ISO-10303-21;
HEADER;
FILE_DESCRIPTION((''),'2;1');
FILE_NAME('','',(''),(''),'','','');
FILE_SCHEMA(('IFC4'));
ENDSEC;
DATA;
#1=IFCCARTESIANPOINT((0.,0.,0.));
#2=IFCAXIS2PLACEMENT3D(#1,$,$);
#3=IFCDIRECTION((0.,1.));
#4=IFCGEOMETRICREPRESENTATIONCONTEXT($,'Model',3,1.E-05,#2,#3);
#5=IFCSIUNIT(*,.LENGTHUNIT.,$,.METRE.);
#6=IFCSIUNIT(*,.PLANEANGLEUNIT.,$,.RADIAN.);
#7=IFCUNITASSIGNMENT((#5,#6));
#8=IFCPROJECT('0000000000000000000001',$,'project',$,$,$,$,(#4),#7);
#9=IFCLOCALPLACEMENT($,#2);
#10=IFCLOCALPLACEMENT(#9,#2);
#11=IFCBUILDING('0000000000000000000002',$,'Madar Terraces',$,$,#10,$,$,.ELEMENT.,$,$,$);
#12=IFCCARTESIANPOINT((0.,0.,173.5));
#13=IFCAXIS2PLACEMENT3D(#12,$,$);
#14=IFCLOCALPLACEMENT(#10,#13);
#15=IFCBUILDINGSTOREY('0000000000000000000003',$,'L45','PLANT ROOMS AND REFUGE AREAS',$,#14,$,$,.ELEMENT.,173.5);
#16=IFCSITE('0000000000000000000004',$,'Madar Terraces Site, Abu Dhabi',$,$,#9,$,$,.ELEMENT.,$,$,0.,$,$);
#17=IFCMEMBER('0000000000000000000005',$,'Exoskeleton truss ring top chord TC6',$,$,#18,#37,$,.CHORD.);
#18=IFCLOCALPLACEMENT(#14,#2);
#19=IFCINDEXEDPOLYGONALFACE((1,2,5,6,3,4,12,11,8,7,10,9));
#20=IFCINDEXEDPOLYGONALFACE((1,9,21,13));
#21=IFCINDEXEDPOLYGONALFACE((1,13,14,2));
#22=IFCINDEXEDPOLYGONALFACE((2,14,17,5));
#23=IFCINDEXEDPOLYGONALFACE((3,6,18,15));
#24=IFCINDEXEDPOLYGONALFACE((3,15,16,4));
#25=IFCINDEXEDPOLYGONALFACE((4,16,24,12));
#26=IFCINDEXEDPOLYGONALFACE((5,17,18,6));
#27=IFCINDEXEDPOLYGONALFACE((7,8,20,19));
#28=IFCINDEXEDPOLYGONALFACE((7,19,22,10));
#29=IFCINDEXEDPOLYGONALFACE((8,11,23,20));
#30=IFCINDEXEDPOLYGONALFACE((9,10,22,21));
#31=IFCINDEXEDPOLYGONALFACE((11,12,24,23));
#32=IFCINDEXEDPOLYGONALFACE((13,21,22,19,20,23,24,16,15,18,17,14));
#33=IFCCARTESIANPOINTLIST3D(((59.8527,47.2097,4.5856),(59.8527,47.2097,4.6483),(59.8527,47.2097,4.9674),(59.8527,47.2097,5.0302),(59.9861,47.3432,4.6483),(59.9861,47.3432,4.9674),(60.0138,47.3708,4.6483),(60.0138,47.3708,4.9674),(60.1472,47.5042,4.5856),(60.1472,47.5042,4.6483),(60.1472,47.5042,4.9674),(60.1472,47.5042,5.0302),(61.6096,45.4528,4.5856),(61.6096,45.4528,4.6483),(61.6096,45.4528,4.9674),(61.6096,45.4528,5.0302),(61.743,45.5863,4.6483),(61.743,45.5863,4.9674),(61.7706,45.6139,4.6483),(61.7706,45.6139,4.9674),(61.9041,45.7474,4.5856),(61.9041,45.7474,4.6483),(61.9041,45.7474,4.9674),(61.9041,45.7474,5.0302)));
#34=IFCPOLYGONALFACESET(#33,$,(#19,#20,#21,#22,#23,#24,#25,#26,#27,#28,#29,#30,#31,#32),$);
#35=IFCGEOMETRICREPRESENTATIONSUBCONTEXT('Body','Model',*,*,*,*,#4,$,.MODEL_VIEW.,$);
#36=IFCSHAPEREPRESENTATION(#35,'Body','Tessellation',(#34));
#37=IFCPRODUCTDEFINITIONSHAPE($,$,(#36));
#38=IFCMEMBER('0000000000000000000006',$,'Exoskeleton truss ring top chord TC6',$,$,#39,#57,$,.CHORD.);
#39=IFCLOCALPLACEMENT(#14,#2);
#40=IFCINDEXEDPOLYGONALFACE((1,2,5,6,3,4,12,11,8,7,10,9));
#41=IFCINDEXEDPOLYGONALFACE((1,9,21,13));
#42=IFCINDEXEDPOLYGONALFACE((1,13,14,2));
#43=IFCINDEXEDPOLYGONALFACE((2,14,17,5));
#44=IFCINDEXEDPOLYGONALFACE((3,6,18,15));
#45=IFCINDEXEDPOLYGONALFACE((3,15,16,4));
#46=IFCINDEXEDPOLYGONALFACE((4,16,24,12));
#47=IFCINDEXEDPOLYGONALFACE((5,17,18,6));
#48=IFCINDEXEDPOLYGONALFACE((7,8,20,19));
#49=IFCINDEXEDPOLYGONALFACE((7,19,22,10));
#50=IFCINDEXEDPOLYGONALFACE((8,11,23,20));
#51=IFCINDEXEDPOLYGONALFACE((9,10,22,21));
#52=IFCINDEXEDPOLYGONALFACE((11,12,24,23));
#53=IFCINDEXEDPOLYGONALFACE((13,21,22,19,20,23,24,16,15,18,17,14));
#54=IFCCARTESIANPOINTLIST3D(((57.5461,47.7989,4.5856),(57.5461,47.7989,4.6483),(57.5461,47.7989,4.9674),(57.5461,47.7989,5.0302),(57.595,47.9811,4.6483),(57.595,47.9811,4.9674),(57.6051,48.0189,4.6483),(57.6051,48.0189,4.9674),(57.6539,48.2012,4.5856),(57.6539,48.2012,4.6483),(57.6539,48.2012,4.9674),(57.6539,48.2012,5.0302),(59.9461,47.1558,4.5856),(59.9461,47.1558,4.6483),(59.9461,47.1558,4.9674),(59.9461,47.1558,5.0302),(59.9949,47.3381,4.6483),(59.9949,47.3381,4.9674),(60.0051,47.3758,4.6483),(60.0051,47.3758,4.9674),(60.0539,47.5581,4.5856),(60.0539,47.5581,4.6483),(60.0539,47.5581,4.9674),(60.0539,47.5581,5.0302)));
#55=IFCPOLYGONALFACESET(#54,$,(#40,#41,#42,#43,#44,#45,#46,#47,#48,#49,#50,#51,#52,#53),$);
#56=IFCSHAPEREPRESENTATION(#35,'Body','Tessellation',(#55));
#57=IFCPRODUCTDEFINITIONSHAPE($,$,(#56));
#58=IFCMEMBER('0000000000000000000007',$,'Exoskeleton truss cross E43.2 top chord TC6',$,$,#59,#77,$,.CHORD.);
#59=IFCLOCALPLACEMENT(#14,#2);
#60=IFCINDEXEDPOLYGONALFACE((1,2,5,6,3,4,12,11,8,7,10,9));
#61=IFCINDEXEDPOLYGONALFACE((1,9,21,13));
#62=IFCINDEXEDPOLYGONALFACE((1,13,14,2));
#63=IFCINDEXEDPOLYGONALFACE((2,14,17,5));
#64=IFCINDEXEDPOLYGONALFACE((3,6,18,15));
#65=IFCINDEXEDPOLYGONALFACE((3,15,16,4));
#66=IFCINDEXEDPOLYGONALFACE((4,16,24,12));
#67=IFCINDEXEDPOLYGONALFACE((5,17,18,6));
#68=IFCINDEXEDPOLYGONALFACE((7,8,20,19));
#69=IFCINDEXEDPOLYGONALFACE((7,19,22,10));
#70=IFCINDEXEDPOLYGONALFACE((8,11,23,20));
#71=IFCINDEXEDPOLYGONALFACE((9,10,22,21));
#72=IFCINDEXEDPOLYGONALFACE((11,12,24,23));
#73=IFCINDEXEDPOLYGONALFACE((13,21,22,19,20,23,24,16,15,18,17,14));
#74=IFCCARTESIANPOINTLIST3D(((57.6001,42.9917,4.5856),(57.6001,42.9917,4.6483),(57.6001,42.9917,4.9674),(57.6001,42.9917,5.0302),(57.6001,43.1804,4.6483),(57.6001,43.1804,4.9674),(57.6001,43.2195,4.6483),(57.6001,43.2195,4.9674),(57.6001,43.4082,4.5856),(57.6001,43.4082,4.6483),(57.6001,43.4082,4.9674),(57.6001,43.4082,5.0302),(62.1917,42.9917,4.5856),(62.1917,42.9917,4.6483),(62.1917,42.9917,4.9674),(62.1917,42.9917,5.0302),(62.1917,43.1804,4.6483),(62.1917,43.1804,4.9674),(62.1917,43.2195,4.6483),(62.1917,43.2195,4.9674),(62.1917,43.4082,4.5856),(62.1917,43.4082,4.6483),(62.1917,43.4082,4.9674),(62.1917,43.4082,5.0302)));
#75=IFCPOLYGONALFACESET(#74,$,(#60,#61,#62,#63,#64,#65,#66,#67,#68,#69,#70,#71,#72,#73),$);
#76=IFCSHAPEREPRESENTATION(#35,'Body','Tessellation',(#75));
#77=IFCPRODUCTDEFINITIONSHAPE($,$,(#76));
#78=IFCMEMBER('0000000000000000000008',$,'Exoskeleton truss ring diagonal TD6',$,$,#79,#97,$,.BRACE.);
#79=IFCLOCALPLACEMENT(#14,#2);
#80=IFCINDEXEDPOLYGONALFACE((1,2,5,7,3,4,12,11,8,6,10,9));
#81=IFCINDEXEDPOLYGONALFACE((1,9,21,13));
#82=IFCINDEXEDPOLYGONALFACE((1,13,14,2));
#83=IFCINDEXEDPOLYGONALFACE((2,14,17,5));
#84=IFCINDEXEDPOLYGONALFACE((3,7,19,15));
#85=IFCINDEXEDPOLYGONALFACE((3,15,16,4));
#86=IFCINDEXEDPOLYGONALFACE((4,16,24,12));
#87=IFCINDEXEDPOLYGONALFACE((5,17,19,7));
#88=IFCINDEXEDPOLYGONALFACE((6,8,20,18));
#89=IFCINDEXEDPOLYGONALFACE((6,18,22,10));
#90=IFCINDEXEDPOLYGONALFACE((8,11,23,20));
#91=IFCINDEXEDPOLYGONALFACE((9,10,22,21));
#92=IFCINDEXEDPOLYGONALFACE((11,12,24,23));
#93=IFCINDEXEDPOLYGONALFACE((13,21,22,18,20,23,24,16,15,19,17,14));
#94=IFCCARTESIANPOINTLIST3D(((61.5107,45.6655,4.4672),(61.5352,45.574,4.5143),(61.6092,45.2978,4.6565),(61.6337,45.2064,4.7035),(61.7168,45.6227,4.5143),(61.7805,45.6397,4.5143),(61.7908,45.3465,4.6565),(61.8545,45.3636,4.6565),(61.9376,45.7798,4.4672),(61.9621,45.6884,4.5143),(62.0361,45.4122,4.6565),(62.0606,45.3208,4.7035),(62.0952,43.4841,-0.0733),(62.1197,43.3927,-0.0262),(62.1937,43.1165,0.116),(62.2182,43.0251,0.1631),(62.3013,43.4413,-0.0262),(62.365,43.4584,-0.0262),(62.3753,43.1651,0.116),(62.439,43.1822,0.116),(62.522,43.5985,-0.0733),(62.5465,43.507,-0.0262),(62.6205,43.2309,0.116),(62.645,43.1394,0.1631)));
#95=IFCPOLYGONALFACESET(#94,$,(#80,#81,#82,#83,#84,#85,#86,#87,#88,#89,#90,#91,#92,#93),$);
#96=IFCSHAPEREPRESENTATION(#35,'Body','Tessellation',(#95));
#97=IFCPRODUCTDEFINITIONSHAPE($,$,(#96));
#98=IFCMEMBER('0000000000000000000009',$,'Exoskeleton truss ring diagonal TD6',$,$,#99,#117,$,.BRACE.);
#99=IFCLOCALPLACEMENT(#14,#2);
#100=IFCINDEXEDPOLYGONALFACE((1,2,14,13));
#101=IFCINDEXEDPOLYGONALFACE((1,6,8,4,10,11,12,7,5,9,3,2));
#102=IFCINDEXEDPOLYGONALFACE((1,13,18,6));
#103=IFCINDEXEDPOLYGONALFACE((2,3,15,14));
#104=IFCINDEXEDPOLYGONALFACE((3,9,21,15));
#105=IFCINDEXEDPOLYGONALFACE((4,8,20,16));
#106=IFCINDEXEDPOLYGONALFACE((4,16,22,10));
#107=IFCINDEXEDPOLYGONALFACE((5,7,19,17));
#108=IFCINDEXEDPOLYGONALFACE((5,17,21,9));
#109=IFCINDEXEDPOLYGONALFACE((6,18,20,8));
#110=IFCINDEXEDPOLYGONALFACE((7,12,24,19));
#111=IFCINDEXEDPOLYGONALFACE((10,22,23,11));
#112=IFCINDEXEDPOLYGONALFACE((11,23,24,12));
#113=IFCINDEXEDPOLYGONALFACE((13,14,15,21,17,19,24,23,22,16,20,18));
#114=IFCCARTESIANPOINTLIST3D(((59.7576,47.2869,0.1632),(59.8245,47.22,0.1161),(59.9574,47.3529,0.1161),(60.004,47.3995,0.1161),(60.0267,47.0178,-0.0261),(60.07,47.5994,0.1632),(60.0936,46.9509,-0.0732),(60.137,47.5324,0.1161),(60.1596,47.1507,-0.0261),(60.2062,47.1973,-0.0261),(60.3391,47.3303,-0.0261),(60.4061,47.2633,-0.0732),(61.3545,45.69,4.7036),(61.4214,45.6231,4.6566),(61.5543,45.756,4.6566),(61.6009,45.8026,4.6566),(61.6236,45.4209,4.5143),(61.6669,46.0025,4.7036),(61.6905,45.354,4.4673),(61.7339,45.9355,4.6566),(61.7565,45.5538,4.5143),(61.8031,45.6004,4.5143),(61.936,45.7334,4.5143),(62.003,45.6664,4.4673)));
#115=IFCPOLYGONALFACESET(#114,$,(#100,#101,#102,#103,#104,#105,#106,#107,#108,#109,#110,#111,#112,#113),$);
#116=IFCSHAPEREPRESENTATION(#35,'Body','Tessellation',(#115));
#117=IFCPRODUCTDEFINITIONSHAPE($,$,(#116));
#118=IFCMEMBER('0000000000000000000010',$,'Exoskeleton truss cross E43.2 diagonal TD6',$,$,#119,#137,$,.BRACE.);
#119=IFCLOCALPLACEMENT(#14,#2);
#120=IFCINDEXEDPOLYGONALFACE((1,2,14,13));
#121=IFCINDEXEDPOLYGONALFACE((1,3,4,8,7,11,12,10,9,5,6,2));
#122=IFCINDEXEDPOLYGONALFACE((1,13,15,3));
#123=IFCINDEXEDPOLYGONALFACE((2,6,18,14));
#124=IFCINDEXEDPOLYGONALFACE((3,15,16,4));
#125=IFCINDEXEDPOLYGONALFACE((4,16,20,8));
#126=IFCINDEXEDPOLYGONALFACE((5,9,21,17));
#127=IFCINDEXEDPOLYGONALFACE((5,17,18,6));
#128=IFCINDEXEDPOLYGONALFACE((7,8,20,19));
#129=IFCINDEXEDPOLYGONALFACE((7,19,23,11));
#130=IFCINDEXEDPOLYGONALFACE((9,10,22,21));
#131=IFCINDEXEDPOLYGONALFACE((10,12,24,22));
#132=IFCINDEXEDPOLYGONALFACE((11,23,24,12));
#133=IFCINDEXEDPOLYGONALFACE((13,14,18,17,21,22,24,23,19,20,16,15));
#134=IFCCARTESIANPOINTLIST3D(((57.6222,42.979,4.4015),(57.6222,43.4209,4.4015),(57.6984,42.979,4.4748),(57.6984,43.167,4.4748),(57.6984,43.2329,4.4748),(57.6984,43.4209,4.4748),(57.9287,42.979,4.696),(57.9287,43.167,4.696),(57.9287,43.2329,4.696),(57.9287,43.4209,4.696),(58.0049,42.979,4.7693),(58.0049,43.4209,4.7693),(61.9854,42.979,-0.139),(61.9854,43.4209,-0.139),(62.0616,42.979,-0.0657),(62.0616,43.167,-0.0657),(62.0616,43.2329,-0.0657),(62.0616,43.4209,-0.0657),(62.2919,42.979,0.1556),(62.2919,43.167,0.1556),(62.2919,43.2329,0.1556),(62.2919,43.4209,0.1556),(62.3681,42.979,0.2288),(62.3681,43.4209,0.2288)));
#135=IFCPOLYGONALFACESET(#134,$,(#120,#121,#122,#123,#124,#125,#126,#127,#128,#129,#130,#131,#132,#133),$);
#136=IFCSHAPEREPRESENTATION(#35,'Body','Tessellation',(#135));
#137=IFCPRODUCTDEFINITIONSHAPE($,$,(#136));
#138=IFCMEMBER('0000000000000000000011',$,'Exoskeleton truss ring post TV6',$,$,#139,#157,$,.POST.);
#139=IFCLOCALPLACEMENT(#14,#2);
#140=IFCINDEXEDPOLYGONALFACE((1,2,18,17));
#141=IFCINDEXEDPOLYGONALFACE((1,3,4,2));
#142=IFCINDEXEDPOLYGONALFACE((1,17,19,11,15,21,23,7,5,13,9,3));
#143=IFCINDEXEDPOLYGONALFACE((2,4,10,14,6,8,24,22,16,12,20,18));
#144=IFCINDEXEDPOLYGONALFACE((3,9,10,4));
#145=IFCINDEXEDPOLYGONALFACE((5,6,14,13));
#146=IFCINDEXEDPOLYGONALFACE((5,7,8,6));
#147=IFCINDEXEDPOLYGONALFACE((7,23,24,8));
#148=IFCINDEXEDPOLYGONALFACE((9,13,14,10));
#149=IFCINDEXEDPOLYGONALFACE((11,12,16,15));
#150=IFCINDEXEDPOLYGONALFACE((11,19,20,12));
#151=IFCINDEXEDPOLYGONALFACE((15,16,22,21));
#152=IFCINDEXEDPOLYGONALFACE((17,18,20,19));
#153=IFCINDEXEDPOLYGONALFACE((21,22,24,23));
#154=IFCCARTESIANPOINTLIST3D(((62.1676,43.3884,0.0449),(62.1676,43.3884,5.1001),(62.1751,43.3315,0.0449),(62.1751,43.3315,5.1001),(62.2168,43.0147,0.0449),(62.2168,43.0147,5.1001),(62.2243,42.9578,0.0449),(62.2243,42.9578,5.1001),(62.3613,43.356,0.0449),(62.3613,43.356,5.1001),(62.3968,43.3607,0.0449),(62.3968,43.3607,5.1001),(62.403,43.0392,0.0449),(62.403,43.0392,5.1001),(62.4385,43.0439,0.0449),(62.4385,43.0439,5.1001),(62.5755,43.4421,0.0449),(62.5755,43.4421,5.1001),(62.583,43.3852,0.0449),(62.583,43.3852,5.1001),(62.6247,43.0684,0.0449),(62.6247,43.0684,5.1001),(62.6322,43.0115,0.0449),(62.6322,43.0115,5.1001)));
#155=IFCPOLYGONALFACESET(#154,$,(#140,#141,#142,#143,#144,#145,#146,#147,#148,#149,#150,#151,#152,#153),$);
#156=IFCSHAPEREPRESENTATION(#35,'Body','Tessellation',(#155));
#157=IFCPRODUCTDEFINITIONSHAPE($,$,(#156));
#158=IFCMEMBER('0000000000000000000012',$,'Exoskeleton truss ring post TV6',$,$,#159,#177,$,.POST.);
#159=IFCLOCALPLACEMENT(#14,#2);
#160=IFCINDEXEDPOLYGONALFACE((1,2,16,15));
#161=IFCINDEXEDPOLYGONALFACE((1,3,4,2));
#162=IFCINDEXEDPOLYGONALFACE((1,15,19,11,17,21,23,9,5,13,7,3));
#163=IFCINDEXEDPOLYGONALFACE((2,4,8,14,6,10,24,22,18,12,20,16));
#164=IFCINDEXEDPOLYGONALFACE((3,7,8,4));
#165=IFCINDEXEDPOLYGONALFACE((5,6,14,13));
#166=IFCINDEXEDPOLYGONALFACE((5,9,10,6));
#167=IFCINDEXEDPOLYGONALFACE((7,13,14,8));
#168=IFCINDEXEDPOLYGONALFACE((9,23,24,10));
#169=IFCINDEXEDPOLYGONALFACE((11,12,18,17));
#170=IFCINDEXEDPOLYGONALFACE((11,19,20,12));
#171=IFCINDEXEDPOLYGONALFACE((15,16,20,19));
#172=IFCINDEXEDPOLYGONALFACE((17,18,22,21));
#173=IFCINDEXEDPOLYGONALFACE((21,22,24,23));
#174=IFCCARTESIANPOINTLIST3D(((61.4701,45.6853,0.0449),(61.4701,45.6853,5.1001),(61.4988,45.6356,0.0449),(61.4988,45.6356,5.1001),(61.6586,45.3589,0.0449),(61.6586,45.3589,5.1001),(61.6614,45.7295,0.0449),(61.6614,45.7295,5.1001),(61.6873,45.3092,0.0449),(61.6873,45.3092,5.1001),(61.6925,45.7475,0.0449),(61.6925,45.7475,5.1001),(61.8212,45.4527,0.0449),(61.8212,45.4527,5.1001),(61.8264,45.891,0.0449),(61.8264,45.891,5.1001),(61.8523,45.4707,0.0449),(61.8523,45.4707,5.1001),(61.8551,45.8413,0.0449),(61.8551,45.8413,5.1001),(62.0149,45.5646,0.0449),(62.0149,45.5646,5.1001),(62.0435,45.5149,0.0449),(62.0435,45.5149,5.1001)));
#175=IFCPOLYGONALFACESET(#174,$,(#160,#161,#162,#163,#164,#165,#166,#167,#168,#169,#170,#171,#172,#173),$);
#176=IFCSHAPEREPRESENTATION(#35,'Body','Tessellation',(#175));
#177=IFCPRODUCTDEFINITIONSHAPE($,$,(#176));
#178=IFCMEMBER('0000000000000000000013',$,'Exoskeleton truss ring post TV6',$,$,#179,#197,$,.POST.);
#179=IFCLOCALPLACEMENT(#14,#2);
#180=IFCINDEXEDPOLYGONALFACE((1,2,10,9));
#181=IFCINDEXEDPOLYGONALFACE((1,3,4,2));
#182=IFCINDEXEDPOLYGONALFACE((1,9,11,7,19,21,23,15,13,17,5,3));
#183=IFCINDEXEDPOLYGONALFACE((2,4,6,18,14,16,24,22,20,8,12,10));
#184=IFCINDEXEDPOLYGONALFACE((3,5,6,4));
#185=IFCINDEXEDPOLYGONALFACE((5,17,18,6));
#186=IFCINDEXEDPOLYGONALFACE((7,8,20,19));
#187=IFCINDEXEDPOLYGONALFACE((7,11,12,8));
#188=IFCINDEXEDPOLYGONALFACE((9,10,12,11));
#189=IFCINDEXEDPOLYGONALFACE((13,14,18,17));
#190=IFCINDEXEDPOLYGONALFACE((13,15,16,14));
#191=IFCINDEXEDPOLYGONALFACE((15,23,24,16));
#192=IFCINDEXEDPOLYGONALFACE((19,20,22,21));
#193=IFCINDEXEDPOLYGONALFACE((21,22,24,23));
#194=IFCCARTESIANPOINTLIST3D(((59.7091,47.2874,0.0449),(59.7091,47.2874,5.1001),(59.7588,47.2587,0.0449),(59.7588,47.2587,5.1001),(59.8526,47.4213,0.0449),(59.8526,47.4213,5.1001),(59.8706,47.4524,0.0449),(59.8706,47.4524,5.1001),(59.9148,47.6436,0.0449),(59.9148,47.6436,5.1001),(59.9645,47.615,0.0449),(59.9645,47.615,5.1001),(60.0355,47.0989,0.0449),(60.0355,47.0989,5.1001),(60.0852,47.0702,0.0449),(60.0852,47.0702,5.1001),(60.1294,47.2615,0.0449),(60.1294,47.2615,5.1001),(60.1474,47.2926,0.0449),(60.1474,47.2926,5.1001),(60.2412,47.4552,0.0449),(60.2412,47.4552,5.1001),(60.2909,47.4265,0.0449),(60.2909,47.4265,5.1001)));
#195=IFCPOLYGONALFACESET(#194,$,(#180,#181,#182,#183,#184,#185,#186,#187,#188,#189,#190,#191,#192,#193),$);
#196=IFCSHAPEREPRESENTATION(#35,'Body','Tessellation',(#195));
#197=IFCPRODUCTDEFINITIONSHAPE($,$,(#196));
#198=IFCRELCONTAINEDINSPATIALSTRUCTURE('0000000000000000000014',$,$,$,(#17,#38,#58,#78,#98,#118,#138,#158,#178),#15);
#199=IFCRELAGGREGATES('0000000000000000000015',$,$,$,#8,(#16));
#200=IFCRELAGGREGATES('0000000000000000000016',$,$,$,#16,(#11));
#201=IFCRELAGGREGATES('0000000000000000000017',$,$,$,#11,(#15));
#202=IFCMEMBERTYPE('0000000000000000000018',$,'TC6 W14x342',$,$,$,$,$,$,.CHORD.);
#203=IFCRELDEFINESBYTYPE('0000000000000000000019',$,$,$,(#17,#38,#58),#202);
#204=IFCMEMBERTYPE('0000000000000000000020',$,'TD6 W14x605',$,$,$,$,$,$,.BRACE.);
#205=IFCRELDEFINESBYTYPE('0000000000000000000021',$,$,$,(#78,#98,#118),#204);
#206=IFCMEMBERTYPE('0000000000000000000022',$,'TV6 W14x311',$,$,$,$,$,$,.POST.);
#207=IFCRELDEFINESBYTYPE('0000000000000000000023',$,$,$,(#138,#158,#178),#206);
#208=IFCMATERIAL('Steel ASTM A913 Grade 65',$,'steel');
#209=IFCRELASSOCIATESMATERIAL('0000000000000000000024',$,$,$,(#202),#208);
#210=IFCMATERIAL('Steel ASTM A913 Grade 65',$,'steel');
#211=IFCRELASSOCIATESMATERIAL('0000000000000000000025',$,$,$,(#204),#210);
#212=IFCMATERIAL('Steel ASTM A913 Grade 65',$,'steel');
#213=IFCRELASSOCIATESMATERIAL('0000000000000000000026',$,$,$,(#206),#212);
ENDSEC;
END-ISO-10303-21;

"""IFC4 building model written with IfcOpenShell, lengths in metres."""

from ifc_helpers import new_model, si_unit, direction, frame, origin, origin_2d, place, context, subcontext, project, spatial, i_section, extrude, material, material_profile, profile_set, type_object, element, save


model = new_model("IFC4")

# Units and contexts
model_context = context("Model", 3, precision=1e-05, world=origin(), true_north=direction((0.0, 1.0)))
body_context = subcontext(model_context, "Body", "Model", "MODEL_VIEW")
ifc_project = project(units=[si_unit("LENGTHUNIT", "METRE"), si_unit("PLANEANGLEUNIT", "RADIAN")], contexts=[model_context])

# Site, building, storey
site_placement = place(None, origin())
site = spatial("IfcSite", under=ifc_project, at=site_placement, Name="Madar Terraces Site, Abu Dhabi", CompositionType="ELEMENT", RefElevation=0.0)
building_placement = place(site_placement, origin())
building = spatial("IfcBuilding", under=site, at=building_placement, Name="Madar Terraces", CompositionType="ELEMENT")
storey_placement = place(building_placement, frame((0.0, 0.0, 173.5)))
storey = spatial("IfcBuildingStorey", under=building, at=storey_placement, Name="L45", Description="PLANT ROOMS AND REFUGE AREAS", CompositionType="ELEMENT", Elevation=173.5)

# Members
ifc_material_1 = material(Name="Steel ASTM A913 Grade 65", Category="steel")
ifc_material_profile_1 = material_profile(ifc_material_1, i_section(OverallWidth=0.4165, OverallDepth=0.4446, WebThickness=0.0391, FlangeThickness=0.0627, at=origin_2d()), Name="W14x342")
ifc_profile_set_1 = profile_set([ifc_material_profile_1], Name="Steel ASTM A913 Grade 65")
member_type_1 = type_object("IfcMemberType", Name="TC6 W14x342", PredefinedType="CHORD", material=ifc_profile_set_1)
for number, where, z_axis, x_axis, name in (
    (1, (61.7568, 45.6001, 4.8079), (-0.707107, 0.707107, 0.0), (-0.707107, -0.707107, 0.0), "Exoskeleton truss ring top chord TC6"),
    (2, (60.0, 47.3569, 4.8079), (-0.965924, 0.258824, 0.0), (-0.258824, -0.965924, 0.0), "Exoskeleton truss ring top chord TC6"),
):
    element("IfcMember", number, at=place(storey_placement, frame(where, z_axis=z_axis, x_axis=x_axis)), inside=storey, type_object=member_type_1, Name=name, PredefinedType="CHORD", context=body_context, shape_type="SweptSolid", body=[
        extrude(i_section(OverallWidth=0.4165, OverallDepth=0.4446, WebThickness=0.0391, FlangeThickness=0.0627, at=origin_2d()), origin(), (0.0, 0.0, 1.0), 2.4846),
    ])
member_1_placement = place(storey_placement, frame((62.1917, 43.2, 4.8079), z_axis=(-1.0, 0.0, 0.0), x_axis=(0.0, -1.0, 0.0)))
element("IfcMember", 3, at=member_1_placement, inside=storey, type_object=member_type_1, Name="Exoskeleton truss cross E43.2 top chord TC6", PredefinedType="CHORD", context=body_context, shape_type="SweptSolid", body=[
    extrude(i_section(OverallWidth=0.4165, OverallDepth=0.4446, WebThickness=0.0391, FlangeThickness=0.0627, at=origin_2d()), origin(), (0.0, 0.0, 1.0), 4.5916),
])
ifc_material_2 = material(Name="Steel ASTM A913 Grade 65", Category="steel")
ifc_material_profile_2 = material_profile(ifc_material_2, i_section(OverallWidth=0.4419, OverallDepth=0.5308, WebThickness=0.0659, FlangeThickness=0.1057, at=origin_2d()), Name="W14x605")
ifc_profile_set_2 = profile_set([ifc_material_profile_2], Name="Steel ASTM A913 Grade 65")
member_type_2 = type_object("IfcMemberType", Name="TD6 W14x605", PredefinedType="BRACE", material=ifc_profile_set_2)
for number, where, z_axis, x_axis, name in (
    (4, (62.3701, 43.3118, 0.0449), (-0.115255, 0.430159, 0.895366), (-0.965929, -0.258806, 0.0), "Exoskeleton truss ring diagonal TD6"),
    (5, (61.6787, 45.6782, 4.5854), (-0.314903, 0.314903, -0.895362), (-0.707107, -0.707107, 0.0), "Exoskeleton truss ring diagonal TD6"),
):
    element("IfcMember", number, at=place(storey_placement, frame(where, z_axis=z_axis, x_axis=x_axis)), inside=storey, type_object=member_type_2, Name=name, PredefinedType="BRACE", context=body_context, shape_type="SweptSolid", body=[
        extrude(i_section(OverallWidth=0.4419, OverallDepth=0.5308, WebThickness=0.0659, FlangeThickness=0.1057, at=origin_2d()), origin(), (0.0, 0.0, 1.0), 5.071),
    ])
member_2_placement = place(storey_placement, frame((62.1768, 43.2, 0.0449), z_axis=(-0.692893, 0.0, 0.72104), x_axis=(0.0, -1.0, 0.0)))
element("IfcMember", 6, at=member_2_placement, inside=storey, type_object=member_type_2, Name="Exoskeleton truss cross E43.2 diagonal TD6", PredefinedType="BRACE", context=body_context, shape_type="SweptSolid", body=[
    extrude(i_section(OverallWidth=0.4419, OverallDepth=0.5308, WebThickness=0.0659, FlangeThickness=0.1057, at=origin_2d()), origin(), (0.0, 0.0, 1.0), 6.2971),
])
ifc_material_3 = material(Name="Steel ASTM A913 Grade 65", Category="steel")
ifc_material_profile_3 = material_profile(ifc_material_3, i_section(OverallWidth=0.4114, OverallDepth=0.4343, WebThickness=0.0359, FlangeThickness=0.0574, at=origin_2d()), Name="W14x311")
ifc_profile_set_3 = profile_set([ifc_material_profile_3], Name="Steel ASTM A913 Grade 65")
member_type_3 = type_object("IfcMemberType", Name="TV6 W14x311", PredefinedType="POST", material=ifc_profile_set_3)
for number, where, z_axis, x_axis, name in (
    (7, (62.3999, 43.2, 0.0449), (0.0, 0.0, 1.0), (-0.991445, -0.130526, 0.0), "Exoskeleton truss ring post TV6"),
    (8, (61.7568, 45.6001, 0.0449), (0.0, 0.0, 1.0), (-0.866025, -0.5, 0.0), "Exoskeleton truss ring post TV6"),
    (9, (60.0, 47.3569, 0.0449), (0.0, 0.0, 1.0), (-0.5, -0.866025, 0.0), "Exoskeleton truss ring post TV6"),
):
    element("IfcMember", number, at=place(storey_placement, frame(where, z_axis=z_axis, x_axis=x_axis)), inside=storey, type_object=member_type_3, Name=name, PredefinedType="POST", context=body_context, shape_type="SweptSolid", body=[
        extrude(i_section(OverallWidth=0.4114, OverallDepth=0.4343, WebThickness=0.0359, FlangeThickness=0.0574, at=origin_2d()), origin(), (0.0, 0.0, 1.0), 5.0552),
    ])

save(model, "model.ifc")
